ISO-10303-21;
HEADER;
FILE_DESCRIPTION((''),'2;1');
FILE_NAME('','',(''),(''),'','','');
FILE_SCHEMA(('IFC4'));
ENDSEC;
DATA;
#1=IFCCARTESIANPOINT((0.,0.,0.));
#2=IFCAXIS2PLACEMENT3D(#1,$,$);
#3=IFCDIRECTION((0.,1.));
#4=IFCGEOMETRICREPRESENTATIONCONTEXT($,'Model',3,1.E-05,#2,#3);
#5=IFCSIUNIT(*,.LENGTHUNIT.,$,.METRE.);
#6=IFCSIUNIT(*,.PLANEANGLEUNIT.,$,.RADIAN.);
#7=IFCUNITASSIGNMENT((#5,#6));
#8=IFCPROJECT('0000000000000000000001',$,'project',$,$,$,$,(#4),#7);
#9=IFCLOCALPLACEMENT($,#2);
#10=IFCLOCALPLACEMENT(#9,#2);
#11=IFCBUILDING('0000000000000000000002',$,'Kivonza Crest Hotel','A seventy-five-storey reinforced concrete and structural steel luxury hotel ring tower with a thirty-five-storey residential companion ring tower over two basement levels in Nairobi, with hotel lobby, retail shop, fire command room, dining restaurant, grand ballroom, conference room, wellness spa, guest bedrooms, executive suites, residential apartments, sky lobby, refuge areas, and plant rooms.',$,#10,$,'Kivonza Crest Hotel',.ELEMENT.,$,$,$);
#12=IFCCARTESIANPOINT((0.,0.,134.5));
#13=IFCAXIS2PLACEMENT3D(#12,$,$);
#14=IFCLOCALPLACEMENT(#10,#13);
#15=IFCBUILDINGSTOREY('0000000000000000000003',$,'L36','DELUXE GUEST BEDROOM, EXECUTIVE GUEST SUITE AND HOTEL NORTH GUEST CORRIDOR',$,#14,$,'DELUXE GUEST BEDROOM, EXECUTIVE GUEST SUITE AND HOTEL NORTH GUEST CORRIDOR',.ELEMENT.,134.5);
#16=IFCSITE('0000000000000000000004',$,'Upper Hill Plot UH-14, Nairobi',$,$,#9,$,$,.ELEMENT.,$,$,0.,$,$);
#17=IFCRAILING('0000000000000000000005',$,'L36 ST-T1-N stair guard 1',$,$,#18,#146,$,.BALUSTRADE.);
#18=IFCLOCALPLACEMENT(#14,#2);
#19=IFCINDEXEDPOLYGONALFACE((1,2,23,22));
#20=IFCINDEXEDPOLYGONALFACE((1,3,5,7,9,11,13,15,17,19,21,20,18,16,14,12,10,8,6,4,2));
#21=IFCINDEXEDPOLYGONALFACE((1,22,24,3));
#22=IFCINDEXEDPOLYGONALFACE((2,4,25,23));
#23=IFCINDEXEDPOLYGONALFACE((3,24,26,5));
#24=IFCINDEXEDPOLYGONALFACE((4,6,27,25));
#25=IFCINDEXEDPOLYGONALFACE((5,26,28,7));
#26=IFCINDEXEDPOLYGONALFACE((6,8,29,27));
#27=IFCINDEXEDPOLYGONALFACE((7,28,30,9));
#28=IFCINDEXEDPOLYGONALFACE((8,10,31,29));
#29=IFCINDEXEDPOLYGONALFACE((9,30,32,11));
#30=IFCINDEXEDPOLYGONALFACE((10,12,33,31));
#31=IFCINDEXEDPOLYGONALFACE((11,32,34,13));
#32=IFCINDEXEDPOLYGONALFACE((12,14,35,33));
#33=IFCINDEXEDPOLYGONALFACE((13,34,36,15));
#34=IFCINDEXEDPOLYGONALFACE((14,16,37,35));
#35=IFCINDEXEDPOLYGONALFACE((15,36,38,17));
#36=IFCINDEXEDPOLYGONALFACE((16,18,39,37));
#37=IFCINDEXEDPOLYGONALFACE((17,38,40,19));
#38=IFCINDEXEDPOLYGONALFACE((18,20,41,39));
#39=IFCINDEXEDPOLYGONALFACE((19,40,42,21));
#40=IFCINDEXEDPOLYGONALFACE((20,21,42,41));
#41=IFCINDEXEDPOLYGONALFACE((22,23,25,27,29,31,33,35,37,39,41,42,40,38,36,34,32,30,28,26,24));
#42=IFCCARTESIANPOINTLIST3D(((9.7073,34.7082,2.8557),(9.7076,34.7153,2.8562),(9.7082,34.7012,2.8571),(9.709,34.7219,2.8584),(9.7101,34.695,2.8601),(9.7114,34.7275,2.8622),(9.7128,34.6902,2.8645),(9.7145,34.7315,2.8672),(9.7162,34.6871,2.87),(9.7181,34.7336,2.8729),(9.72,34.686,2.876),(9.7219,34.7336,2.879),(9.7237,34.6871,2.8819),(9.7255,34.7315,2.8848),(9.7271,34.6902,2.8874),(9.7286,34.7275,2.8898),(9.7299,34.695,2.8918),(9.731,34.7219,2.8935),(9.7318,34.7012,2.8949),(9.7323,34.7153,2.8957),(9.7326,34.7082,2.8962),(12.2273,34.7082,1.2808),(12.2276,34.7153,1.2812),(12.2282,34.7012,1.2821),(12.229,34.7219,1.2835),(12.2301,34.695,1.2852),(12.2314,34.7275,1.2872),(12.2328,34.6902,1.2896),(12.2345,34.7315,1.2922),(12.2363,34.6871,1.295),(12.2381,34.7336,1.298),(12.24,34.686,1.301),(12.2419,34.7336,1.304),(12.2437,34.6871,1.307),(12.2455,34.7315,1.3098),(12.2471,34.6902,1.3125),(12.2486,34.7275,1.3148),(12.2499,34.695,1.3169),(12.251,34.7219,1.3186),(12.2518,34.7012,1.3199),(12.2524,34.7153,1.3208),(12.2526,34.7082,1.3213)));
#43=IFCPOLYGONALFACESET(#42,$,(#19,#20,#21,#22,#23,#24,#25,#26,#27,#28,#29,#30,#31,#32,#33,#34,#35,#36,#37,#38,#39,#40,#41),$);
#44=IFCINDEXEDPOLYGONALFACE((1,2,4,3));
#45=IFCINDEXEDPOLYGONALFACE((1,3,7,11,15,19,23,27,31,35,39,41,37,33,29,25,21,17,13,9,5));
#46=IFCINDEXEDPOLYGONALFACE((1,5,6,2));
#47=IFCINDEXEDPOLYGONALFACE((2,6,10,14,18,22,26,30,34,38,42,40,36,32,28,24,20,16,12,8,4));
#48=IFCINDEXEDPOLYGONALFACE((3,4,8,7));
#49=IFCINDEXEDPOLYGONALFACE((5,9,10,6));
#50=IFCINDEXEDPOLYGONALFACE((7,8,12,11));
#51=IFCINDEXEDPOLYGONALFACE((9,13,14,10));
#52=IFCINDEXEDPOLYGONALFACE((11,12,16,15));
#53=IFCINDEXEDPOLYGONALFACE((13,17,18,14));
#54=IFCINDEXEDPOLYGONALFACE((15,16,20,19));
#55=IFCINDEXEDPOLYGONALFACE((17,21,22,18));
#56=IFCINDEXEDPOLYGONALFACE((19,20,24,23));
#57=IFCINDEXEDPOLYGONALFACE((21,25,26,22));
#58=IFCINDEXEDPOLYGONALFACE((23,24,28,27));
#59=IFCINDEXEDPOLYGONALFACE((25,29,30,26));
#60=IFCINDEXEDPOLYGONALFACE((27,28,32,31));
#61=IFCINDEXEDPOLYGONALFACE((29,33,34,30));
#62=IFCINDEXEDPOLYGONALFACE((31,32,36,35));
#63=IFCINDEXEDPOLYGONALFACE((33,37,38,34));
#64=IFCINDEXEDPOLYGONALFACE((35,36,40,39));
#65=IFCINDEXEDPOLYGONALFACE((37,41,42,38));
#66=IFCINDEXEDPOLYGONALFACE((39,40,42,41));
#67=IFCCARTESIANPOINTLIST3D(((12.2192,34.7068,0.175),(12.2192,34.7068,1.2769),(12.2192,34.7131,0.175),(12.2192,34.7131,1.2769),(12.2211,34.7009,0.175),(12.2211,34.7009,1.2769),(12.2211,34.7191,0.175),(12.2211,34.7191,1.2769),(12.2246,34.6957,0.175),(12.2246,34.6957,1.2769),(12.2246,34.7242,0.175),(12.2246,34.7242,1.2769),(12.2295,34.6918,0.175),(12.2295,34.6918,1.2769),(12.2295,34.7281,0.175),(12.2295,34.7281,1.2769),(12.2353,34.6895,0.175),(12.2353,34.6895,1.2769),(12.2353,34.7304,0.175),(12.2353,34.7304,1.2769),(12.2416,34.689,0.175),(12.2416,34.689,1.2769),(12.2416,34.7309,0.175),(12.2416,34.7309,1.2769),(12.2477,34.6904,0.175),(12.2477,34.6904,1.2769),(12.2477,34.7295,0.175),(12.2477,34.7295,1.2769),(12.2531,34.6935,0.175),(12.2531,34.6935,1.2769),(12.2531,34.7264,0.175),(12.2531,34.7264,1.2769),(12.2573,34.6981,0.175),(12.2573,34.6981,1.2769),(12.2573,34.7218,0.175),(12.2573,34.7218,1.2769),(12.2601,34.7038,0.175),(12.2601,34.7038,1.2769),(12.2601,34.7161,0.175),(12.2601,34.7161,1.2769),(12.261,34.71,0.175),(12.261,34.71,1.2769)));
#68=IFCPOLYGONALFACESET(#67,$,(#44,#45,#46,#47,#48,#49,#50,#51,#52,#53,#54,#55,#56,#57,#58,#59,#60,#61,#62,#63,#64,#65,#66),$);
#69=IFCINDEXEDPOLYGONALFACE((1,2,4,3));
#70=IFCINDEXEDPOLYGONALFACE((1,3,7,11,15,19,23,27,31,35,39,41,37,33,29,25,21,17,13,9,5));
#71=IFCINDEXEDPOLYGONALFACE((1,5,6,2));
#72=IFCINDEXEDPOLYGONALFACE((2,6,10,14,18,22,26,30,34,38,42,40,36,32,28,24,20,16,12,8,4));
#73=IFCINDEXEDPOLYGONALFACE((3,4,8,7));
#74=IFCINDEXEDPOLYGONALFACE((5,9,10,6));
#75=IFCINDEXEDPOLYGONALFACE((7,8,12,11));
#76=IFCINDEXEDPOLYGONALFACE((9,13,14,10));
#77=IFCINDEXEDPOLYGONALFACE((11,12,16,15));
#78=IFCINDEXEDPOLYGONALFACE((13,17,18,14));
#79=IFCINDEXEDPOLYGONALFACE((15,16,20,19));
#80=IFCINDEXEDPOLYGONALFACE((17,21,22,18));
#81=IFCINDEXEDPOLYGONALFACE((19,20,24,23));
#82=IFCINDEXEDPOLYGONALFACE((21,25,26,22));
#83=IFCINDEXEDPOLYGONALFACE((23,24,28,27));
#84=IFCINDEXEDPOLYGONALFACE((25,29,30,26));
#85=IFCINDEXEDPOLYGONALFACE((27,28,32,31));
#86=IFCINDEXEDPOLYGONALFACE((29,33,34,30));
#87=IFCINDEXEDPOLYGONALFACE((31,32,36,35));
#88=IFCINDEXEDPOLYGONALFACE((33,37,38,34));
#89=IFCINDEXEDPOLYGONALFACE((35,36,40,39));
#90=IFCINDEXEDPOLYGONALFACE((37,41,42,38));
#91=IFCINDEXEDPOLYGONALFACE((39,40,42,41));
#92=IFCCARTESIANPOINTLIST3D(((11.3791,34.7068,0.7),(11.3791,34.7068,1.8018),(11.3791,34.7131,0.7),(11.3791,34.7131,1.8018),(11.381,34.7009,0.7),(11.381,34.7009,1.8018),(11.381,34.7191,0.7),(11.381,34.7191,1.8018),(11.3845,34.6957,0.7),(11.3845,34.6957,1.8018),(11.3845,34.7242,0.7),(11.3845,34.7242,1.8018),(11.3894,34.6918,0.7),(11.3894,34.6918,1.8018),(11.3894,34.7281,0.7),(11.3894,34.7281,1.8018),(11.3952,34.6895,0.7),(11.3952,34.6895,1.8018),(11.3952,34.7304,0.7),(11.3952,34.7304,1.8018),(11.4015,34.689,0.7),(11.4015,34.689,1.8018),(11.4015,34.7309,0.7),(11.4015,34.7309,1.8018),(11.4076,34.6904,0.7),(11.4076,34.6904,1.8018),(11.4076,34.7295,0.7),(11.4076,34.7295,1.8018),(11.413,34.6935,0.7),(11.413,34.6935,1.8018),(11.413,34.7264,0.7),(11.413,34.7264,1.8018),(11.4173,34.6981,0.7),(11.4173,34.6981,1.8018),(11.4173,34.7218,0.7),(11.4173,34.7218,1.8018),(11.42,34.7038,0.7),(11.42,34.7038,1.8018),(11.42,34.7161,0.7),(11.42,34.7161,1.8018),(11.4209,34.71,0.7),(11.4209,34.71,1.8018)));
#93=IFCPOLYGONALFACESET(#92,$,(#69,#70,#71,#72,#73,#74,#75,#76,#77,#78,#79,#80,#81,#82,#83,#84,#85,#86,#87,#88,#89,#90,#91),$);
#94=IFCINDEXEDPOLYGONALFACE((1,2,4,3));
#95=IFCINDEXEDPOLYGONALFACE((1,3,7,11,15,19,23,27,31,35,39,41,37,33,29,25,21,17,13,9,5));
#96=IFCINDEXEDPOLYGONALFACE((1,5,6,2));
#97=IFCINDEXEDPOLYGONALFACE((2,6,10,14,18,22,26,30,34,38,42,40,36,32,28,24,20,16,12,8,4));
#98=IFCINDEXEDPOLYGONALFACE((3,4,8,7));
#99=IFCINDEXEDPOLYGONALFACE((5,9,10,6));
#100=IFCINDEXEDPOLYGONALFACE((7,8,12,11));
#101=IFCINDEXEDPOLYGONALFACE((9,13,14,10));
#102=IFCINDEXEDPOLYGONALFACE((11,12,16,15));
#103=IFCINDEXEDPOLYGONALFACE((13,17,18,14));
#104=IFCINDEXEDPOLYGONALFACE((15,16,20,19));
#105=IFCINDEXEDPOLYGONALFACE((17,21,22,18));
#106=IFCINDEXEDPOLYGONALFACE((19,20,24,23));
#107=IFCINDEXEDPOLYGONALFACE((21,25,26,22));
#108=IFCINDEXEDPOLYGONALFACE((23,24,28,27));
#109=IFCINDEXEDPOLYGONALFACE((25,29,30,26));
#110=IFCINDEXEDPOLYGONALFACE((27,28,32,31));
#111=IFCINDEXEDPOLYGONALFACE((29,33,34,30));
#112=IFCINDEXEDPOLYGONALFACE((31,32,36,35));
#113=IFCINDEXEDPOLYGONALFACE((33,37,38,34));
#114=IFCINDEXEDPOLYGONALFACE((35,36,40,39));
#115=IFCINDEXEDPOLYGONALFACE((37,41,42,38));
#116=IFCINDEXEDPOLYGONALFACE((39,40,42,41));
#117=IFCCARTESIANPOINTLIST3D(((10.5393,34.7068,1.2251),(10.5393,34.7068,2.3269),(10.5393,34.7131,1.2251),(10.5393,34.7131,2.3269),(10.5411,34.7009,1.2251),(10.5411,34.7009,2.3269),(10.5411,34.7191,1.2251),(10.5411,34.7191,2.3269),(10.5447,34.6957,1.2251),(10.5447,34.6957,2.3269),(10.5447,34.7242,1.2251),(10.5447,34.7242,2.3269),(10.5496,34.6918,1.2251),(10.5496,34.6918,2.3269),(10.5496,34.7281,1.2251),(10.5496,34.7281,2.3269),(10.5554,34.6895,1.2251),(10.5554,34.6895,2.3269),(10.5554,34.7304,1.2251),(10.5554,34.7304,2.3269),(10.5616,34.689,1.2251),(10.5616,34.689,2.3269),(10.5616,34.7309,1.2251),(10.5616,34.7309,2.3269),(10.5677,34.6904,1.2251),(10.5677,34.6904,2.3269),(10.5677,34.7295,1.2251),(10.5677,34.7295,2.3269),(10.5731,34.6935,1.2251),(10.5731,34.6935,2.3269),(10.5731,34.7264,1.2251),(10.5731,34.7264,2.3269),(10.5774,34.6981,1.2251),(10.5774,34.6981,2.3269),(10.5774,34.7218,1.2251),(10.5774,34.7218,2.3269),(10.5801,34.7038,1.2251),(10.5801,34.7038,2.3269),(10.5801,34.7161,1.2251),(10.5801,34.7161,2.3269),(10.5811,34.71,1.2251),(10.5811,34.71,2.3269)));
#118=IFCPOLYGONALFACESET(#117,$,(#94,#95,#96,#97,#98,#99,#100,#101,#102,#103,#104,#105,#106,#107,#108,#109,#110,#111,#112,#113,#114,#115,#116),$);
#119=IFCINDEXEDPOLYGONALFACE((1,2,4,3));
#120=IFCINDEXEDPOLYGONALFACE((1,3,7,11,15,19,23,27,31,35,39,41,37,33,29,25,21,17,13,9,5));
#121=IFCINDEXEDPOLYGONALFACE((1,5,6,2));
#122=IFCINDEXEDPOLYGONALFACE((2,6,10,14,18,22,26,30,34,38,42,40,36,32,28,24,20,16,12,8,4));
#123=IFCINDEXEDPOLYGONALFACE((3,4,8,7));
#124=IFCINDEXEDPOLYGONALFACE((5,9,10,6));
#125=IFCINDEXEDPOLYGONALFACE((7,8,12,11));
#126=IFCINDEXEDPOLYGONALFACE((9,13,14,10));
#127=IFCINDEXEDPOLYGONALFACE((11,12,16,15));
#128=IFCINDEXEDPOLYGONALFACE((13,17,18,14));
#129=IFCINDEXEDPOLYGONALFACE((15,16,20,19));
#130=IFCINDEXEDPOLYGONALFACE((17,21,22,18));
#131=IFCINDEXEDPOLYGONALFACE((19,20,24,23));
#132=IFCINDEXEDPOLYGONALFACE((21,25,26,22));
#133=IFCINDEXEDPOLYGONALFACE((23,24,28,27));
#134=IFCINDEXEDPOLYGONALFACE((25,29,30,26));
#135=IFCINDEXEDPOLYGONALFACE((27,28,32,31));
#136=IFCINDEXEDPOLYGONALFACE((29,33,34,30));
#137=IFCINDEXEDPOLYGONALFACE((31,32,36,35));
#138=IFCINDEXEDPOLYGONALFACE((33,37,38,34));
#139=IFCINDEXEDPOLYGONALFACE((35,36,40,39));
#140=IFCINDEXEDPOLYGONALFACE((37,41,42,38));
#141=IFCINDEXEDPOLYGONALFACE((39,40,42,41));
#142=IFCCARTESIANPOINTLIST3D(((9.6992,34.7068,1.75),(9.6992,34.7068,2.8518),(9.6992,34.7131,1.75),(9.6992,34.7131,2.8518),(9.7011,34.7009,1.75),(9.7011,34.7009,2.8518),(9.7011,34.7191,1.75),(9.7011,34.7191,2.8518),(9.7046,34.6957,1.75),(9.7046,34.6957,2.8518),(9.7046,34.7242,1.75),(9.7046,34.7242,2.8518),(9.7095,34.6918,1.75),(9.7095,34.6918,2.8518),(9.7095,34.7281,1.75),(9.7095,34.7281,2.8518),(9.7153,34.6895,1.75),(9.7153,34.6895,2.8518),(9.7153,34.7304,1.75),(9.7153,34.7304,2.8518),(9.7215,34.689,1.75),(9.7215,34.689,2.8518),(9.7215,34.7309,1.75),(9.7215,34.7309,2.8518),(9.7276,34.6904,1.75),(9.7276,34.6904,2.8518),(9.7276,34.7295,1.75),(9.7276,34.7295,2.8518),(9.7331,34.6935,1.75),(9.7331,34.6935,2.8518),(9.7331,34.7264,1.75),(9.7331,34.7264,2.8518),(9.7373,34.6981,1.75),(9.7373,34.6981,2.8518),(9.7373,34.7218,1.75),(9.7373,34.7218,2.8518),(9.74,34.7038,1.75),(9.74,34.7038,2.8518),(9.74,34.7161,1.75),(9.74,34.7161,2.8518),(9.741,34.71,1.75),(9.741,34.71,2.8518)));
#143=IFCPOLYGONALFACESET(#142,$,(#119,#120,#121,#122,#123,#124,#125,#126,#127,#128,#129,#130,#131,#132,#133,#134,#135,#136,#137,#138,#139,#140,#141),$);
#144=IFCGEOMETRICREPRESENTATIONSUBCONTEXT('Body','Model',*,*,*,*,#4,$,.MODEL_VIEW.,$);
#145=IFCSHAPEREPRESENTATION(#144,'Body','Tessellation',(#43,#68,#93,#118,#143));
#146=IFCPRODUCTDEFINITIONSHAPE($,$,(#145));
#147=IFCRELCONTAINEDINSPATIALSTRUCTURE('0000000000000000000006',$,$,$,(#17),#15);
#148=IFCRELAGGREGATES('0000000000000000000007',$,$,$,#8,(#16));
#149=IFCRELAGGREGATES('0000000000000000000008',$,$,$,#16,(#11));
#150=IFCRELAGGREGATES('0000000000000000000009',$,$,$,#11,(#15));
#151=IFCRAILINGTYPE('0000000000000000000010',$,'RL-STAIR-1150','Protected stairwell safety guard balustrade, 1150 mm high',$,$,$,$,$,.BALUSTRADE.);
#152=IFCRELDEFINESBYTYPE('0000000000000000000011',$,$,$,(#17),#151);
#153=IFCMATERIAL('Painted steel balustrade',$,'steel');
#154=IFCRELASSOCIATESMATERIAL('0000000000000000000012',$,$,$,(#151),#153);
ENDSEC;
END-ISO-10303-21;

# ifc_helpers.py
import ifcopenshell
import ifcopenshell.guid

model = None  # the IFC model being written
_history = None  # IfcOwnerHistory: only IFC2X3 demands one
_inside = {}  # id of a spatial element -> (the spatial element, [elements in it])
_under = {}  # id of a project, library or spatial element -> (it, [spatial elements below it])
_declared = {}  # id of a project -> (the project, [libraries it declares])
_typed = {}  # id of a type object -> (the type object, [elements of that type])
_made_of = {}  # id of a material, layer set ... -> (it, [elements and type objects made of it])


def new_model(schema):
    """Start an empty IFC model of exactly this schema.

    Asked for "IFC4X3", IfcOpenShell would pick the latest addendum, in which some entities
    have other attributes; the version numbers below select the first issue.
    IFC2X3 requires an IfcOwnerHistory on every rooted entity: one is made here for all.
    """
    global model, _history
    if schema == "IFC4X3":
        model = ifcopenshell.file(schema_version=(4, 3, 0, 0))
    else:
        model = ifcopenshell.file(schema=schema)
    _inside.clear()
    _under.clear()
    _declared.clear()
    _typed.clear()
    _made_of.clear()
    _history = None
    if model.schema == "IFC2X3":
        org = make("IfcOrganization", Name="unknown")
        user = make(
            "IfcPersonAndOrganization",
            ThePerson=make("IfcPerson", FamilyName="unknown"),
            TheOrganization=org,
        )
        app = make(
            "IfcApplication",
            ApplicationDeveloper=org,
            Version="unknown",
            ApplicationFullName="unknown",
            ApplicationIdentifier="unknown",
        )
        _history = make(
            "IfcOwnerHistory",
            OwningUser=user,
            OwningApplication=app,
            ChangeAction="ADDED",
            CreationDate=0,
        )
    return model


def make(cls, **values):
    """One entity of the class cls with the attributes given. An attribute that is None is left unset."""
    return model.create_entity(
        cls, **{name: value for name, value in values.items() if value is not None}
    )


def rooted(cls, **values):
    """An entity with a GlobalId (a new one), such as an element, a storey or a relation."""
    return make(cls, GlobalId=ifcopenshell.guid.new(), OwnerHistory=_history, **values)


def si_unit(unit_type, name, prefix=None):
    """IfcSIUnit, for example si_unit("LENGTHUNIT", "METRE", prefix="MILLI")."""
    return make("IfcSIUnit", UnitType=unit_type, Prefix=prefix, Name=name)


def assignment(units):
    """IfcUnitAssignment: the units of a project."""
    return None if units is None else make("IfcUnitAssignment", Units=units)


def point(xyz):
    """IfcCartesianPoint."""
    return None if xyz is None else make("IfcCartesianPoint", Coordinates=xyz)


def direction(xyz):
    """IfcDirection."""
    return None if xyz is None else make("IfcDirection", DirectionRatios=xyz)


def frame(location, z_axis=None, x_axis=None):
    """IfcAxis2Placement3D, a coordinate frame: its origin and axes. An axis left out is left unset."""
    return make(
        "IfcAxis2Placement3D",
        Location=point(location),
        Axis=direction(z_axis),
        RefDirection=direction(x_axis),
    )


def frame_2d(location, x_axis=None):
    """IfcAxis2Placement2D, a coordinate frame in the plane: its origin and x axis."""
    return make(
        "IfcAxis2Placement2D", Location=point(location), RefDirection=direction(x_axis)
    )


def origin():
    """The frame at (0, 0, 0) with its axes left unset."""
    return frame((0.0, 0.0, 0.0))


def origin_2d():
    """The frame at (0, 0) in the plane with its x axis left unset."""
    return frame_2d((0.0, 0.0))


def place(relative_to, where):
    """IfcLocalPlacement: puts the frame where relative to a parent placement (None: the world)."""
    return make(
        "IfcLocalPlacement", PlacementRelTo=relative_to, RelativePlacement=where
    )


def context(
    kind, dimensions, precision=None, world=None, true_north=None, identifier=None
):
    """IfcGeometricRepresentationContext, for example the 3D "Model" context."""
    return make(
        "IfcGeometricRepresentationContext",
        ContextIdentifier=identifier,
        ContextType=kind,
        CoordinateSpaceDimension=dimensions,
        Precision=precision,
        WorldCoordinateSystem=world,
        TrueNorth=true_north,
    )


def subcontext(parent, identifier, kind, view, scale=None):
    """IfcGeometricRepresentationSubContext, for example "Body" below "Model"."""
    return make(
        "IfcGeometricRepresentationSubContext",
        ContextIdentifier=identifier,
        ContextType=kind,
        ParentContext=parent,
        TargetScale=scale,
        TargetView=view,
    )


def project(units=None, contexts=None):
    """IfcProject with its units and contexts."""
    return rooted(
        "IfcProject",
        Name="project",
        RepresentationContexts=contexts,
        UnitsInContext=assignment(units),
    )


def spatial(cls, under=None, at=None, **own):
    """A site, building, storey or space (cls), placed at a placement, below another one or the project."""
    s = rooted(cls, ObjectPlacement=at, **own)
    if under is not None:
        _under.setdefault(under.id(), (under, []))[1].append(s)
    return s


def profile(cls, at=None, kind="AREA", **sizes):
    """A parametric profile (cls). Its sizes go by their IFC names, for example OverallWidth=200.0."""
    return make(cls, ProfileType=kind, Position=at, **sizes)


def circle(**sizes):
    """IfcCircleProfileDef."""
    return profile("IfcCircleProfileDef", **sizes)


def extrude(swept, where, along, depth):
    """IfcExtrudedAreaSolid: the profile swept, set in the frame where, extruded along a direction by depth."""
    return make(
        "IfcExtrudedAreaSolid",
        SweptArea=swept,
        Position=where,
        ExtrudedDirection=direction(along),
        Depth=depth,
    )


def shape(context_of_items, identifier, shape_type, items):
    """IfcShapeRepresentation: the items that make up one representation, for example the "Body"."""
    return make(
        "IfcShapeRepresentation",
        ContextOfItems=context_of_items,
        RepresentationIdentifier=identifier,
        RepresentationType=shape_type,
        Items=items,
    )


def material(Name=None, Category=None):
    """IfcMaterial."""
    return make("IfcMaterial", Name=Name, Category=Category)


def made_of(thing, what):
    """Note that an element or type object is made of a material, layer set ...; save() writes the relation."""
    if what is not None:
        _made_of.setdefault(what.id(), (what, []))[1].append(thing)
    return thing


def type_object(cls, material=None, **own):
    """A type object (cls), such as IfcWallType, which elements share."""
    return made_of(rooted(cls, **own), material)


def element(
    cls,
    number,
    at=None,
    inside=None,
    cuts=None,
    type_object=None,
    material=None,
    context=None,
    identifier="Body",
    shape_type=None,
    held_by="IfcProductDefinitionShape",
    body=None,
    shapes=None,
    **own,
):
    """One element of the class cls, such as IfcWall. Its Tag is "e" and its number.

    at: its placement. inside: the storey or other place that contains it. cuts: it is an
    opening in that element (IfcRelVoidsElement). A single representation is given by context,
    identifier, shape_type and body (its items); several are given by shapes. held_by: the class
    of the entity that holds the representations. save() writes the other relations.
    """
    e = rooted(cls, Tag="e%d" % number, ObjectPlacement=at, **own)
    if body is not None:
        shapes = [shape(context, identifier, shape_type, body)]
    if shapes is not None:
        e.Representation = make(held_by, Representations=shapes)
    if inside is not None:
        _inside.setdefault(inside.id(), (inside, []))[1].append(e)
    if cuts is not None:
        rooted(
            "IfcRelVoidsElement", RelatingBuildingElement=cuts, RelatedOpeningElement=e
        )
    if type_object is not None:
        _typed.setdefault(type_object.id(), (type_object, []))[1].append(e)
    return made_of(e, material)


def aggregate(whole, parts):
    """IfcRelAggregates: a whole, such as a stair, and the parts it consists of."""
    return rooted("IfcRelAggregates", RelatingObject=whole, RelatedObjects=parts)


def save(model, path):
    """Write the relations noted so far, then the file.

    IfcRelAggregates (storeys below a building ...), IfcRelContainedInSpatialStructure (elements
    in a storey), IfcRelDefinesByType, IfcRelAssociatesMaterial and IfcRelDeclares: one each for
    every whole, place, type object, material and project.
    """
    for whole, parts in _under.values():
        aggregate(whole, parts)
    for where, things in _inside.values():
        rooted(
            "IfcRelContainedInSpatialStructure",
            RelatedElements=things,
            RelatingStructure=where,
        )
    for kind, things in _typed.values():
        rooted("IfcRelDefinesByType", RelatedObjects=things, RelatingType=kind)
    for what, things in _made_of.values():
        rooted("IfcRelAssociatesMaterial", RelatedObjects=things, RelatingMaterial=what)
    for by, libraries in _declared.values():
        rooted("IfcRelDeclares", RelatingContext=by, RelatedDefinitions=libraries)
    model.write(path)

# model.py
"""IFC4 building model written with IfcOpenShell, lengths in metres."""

from ifc_helpers import new_model, si_unit, direction, frame, origin, origin_2d, place, context, subcontext, project, spatial, circle, extrude, material, type_object, element, save


model = new_model("IFC4")

# Units and contexts
model_context = context("Model", 3, precision=1e-05, world=origin(), true_north=direction((0.0, 1.0)))
body_context = subcontext(model_context, "Body", "Model", "MODEL_VIEW")
ifc_project = project(units=[si_unit("LENGTHUNIT", "METRE"), si_unit("PLANEANGLEUNIT", "RADIAN")], contexts=[model_context])

# Site, building, storey
site_placement = place(None, origin())
site = spatial("IfcSite", under=ifc_project, at=site_placement, Name="Upper Hill Plot UH-14, Nairobi", CompositionType="ELEMENT", RefElevation=0.0)
building_placement = place(site_placement, origin())
building = spatial("IfcBuilding", under=site, at=building_placement, Name="Kivonza Crest Hotel", Description="A seventy-five-storey reinforced concrete and structural steel luxury hotel ring tower with a thirty-five-storey residential companion ring tower over two basement levels in Nairobi, with hotel lobby, retail shop, fire command room, dining restaurant, grand ballroom, conference room, wellness spa, guest bedrooms, executive suites, residential apartments, sky lobby, refuge areas, and plant rooms.", LongName="Kivonza Crest Hotel", CompositionType="ELEMENT")
storey_placement = place(building_placement, frame((0.0, 0.0, 134.5)))
storey = spatial("IfcBuildingStorey", under=building, at=storey_placement, Name="L36", Description="DELUXE GUEST BEDROOM, EXECUTIVE GUEST SUITE AND HOTEL NORTH GUEST CORRIDOR", LongName="DELUXE GUEST BEDROOM, EXECUTIVE GUEST SUITE AND HOTEL NORTH GUEST CORRIDOR", CompositionType="ELEMENT", Elevation=134.5)

# Railing
ifc_material_1 = material(Name="Painted steel balustrade", Category="steel")
railing_type_1 = type_object("IfcRailingType", Name="RL-STAIR-1150", Description="Protected stairwell safety guard balustrade, 1150 mm high", PredefinedType="BALUSTRADE", material=ifc_material_1)
railing_1_placement = place(storey_placement, frame((12.24, 34.71, 0.175)))
element("IfcRailing", 1, at=railing_1_placement, inside=storey, type_object=railing_type_1, Name="L36 ST-T1-N stair guard 1", PredefinedType="BALUSTRADE", context=body_context, shape_type="SweptSolid", body=[
    extrude(circle(Radius=0.0239, at=origin_2d()), frame((0.0, 0.0, 1.126), z_axis=(-0.848008, 0.0, 0.529984), x_axis=(0.0, -1.0, 0.0)), (0.0, 0.0, 1.0), 2.9717),
    extrude(circle(Radius=0.021, at=origin_2d()), origin(), (0.0, 0.0, 1.0), 1.1018),
    extrude(circle(Radius=0.021, at=origin_2d()), frame((-0.8401, 0.0, 0.5249)), (0.0, 0.0, 1.0), 1.1018),
    extrude(circle(Radius=0.021, at=origin_2d()), frame((-1.6799, 0.0, 1.05)), (0.0, 0.0, 1.0), 1.1018),
    extrude(circle(Radius=0.021, at=origin_2d()), frame((-2.52, 0.0, 1.575)), (0.0, 0.0, 1.0), 1.1018),
])

save(model, "model.ifc")
